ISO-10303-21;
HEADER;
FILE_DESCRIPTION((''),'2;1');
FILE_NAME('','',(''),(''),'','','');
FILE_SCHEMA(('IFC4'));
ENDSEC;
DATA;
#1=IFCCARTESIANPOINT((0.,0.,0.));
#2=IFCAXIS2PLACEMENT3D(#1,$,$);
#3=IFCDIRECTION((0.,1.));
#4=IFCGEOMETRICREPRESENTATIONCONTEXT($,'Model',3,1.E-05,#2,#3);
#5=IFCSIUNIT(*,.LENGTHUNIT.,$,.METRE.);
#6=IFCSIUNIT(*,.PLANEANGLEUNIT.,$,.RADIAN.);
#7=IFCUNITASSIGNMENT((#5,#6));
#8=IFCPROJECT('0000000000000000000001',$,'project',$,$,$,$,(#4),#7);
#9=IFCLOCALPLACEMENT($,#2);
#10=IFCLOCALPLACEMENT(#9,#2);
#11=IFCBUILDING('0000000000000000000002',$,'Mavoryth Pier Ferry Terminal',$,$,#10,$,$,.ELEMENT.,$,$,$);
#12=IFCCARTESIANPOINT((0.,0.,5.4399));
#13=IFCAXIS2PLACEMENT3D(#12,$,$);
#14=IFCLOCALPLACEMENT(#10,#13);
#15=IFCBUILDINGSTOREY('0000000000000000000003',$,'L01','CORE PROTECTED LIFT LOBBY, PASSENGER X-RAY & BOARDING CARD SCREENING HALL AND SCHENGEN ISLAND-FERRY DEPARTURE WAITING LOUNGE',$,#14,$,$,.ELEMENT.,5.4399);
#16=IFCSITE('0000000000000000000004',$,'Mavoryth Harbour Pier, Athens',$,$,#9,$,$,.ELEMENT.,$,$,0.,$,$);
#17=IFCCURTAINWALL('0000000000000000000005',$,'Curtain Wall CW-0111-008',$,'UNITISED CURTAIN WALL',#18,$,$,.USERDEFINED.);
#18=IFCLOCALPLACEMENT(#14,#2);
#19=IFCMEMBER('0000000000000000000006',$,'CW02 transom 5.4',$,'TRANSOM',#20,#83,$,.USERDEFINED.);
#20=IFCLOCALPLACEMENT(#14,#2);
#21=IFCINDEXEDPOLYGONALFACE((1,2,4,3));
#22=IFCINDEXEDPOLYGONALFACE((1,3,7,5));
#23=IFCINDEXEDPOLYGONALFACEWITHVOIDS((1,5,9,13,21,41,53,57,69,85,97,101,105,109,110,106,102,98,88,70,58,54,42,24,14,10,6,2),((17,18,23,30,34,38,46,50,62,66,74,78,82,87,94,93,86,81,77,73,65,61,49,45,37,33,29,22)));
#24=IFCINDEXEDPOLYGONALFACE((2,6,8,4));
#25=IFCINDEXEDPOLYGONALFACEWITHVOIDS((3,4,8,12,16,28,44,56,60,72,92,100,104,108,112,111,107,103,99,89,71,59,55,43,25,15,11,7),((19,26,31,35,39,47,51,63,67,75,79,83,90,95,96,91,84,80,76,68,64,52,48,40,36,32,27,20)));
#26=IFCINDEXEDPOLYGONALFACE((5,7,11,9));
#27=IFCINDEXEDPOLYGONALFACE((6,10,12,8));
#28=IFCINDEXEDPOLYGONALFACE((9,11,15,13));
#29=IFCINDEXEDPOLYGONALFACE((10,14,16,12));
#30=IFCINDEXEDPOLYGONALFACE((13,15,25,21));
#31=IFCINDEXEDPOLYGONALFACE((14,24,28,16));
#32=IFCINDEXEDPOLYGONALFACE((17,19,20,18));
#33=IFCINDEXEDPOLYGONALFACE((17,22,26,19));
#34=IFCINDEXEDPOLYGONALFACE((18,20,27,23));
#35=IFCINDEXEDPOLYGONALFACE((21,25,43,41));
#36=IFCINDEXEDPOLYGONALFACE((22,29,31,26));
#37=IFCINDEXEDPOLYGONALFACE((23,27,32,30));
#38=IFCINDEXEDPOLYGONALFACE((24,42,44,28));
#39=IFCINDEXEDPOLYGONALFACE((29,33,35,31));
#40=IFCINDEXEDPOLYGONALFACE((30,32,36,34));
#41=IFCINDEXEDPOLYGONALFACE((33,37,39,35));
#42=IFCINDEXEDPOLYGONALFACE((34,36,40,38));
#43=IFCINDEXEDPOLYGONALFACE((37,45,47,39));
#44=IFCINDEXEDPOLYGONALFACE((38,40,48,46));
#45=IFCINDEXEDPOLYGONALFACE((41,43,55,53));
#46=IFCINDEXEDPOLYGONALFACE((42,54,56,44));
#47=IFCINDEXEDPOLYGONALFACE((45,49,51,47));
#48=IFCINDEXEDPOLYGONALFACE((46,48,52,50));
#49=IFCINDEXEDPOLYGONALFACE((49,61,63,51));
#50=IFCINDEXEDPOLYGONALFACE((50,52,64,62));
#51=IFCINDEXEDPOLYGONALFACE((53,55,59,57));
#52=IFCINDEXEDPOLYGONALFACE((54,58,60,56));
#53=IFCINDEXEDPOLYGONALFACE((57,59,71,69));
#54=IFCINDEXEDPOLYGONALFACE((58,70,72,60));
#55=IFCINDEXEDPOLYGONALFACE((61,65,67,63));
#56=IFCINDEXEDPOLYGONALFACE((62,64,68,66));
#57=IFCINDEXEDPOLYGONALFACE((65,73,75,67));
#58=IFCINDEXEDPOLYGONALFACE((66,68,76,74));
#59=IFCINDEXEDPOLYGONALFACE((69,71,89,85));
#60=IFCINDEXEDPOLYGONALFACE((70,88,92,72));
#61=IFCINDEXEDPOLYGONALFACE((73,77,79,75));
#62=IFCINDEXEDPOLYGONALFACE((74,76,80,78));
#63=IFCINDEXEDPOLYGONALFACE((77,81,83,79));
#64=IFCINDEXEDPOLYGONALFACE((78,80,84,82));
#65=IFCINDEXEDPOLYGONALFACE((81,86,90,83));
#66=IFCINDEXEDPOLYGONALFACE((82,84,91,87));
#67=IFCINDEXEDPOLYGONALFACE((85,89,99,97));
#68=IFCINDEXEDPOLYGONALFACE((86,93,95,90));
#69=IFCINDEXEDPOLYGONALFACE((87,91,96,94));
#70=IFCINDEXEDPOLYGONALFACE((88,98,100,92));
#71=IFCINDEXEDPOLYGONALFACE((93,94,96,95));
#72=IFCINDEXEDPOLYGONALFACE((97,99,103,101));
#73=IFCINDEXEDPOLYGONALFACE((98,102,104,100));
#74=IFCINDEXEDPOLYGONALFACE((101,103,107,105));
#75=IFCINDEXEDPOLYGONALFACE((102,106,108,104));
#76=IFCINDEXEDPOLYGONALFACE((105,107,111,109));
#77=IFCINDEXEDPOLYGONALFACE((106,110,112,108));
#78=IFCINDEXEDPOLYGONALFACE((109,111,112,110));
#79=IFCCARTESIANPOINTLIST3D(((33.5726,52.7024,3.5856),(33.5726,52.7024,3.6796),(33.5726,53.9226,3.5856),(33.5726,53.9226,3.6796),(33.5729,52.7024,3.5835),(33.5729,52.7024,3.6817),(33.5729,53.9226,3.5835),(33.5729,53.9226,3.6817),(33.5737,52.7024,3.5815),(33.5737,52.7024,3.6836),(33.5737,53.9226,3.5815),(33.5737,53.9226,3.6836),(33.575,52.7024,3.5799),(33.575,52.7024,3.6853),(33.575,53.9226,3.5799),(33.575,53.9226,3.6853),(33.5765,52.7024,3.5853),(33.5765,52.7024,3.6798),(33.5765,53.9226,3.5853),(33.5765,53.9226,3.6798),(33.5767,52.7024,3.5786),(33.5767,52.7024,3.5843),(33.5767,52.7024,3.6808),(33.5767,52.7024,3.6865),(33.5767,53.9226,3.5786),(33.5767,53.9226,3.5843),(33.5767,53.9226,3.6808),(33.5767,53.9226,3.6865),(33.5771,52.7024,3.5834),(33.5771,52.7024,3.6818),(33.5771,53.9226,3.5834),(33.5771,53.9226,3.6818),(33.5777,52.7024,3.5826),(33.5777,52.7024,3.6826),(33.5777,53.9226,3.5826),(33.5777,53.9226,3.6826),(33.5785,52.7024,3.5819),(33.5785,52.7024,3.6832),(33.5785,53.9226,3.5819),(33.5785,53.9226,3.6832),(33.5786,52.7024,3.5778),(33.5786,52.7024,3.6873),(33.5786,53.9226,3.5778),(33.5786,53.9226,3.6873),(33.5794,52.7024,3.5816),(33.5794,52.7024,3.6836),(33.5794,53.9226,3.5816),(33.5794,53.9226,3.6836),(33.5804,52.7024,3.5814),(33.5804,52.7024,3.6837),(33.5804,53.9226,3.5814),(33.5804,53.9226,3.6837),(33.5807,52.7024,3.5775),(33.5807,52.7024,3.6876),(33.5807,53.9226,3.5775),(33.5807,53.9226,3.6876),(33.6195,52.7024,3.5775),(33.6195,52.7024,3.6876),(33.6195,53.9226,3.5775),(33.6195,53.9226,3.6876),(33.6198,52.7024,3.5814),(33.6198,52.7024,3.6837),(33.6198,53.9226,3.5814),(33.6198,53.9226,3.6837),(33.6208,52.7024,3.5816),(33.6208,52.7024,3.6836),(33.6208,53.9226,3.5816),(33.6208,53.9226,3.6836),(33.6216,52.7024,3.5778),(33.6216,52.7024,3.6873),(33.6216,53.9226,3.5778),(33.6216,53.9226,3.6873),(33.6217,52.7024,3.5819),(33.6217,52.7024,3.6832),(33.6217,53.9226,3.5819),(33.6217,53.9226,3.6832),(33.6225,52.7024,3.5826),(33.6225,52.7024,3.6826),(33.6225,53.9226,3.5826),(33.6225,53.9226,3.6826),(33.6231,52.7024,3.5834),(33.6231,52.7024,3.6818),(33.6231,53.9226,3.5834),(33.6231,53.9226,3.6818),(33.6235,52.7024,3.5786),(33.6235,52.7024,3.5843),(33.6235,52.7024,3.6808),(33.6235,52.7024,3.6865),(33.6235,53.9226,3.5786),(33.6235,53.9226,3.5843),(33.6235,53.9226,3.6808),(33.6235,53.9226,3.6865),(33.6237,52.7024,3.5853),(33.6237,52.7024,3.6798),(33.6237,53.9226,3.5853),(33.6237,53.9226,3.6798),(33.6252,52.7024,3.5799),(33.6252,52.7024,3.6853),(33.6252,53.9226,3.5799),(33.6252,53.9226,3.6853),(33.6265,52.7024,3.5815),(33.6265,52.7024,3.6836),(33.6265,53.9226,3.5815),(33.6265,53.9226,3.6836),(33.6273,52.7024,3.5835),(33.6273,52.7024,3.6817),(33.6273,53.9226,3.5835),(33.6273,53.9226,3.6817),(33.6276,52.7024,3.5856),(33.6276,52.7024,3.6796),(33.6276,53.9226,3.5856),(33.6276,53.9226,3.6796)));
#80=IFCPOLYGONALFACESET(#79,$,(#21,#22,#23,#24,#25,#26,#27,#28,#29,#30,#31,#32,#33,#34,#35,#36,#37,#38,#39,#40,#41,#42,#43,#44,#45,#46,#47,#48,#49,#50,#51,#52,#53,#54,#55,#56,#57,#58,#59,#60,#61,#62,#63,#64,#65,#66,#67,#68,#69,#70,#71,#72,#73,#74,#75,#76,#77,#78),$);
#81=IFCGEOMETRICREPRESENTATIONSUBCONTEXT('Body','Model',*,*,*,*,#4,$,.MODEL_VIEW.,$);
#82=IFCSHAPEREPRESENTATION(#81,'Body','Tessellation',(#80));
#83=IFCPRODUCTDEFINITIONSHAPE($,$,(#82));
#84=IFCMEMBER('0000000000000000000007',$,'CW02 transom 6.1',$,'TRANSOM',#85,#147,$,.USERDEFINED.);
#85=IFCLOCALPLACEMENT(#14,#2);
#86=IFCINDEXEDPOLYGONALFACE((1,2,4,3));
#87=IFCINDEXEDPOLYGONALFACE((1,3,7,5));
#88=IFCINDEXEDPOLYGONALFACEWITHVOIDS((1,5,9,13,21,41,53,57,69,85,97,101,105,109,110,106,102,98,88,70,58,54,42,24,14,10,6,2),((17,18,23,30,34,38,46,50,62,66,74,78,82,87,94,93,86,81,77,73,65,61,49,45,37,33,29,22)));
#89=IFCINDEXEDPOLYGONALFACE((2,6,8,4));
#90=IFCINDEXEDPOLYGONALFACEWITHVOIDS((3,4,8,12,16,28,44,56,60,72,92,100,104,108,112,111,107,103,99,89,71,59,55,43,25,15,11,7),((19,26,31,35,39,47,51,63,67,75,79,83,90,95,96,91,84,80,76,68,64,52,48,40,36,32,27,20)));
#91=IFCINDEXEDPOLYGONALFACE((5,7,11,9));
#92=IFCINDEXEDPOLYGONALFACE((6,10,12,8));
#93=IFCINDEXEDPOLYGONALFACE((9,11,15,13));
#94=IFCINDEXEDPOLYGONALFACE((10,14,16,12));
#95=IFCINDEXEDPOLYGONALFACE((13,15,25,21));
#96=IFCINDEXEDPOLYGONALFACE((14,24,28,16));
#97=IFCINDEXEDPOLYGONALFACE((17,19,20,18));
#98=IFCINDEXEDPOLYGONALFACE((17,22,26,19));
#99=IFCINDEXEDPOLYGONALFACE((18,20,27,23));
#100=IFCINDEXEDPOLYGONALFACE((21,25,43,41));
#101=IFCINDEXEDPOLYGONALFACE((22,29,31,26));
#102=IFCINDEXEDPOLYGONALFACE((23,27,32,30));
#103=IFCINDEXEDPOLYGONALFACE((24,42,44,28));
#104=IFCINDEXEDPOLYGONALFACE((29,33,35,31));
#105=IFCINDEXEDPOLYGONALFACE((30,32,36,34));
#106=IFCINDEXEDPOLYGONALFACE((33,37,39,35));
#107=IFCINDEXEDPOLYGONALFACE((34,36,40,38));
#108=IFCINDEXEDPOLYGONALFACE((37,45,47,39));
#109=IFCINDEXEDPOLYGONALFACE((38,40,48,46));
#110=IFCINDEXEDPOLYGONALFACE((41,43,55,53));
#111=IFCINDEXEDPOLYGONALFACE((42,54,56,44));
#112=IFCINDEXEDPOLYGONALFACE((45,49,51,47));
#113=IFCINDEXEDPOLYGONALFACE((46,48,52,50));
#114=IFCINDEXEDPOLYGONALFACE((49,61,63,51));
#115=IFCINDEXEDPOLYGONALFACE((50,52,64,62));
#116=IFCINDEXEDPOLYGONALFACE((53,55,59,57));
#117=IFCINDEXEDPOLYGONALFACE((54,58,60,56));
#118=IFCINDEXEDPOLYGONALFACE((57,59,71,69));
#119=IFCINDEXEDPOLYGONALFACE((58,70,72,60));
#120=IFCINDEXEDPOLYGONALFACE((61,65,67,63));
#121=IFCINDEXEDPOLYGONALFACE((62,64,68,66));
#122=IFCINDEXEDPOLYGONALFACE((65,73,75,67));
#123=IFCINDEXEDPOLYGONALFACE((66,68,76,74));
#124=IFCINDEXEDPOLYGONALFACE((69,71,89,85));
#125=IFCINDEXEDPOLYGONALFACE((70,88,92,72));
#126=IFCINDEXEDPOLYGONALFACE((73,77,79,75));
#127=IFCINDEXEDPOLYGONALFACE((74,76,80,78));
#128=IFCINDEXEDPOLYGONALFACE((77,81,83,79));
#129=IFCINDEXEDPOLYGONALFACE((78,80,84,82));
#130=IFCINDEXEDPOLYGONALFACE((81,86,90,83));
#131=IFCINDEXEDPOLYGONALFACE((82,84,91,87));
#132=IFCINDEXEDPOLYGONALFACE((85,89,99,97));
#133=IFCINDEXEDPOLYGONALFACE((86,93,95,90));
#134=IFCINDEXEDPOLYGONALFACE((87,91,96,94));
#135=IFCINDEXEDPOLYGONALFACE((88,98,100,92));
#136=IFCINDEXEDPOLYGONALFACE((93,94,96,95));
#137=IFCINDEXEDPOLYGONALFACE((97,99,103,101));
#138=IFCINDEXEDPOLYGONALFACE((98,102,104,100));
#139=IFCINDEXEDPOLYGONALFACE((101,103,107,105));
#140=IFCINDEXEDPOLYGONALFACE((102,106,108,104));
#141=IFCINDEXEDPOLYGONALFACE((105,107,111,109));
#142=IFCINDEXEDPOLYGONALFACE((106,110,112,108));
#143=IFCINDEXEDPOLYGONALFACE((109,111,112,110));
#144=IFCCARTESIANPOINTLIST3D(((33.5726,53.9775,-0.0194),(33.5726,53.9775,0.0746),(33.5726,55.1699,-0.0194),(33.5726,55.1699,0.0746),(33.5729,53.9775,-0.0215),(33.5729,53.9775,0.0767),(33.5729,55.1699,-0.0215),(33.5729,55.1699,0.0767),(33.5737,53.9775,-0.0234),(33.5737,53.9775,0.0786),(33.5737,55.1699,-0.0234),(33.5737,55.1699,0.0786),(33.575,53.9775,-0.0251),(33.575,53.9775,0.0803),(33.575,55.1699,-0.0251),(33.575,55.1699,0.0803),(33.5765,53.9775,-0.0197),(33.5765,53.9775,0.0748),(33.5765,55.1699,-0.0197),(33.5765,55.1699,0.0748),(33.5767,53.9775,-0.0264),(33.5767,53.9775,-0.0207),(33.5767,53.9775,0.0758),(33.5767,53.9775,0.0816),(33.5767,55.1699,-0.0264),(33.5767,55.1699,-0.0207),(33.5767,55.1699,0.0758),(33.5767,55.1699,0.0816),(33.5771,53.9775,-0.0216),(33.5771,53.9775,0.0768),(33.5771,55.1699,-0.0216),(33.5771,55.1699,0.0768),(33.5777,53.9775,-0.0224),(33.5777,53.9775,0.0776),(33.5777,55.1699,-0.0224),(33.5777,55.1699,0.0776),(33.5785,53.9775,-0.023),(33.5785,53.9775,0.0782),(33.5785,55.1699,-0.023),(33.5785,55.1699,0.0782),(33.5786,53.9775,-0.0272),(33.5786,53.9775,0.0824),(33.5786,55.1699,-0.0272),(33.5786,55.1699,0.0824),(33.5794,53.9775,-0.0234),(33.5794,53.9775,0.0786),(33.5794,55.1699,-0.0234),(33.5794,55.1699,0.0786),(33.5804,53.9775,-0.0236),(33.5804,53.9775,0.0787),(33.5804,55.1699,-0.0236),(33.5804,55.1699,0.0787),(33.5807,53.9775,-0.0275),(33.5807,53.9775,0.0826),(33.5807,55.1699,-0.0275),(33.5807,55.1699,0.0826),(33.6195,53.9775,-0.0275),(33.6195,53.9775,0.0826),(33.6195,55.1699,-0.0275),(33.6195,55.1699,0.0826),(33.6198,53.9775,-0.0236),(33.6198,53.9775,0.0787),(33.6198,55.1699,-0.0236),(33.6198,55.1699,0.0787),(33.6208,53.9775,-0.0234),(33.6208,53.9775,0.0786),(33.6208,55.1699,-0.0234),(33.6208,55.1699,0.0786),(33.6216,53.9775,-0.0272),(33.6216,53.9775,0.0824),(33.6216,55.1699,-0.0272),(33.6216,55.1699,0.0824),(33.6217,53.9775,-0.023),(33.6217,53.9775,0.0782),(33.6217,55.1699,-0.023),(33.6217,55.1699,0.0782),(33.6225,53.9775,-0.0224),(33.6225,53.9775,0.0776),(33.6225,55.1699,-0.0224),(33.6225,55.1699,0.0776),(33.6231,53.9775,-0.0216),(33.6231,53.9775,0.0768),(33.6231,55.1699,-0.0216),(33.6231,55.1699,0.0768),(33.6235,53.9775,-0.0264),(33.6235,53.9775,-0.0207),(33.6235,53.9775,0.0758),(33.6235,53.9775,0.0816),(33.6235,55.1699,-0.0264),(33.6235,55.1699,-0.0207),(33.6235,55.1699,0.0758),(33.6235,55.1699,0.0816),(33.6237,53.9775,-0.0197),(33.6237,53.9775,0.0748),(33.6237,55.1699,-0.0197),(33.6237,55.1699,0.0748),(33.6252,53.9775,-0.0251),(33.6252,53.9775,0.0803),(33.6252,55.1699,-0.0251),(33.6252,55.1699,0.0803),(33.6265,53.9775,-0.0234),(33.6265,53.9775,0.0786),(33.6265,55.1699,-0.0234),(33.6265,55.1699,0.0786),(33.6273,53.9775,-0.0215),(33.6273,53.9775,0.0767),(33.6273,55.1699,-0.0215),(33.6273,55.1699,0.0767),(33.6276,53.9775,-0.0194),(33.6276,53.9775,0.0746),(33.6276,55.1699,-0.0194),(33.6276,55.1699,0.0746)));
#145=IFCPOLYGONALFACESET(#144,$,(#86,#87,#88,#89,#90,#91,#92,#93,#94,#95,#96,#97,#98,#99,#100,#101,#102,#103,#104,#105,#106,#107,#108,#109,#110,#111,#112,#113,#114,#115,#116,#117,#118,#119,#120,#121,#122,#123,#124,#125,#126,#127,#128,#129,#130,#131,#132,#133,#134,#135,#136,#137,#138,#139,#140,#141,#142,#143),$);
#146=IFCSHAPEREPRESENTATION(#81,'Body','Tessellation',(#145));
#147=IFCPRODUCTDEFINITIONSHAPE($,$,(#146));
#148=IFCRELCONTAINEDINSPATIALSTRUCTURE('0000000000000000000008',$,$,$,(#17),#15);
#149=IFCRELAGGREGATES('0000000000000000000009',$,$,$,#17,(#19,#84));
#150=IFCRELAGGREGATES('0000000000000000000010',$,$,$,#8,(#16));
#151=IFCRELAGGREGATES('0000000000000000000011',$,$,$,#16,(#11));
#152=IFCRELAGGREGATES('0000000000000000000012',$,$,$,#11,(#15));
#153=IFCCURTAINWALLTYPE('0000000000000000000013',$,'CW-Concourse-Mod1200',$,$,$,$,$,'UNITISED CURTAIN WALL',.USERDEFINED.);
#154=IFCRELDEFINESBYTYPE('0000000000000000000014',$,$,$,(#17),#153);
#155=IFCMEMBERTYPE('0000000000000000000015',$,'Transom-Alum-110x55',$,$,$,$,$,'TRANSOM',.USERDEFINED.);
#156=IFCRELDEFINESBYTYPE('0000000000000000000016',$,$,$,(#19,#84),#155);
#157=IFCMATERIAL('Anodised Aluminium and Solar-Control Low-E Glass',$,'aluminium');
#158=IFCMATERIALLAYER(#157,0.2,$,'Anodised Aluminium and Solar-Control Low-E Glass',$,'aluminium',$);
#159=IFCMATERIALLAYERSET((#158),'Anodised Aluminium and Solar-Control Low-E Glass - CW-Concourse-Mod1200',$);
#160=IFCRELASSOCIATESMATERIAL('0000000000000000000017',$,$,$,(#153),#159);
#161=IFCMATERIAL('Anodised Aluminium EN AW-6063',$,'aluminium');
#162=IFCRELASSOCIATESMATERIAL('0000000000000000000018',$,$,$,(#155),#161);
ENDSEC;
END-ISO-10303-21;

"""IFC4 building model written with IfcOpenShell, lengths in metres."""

from ifc_helpers import new_model, si_unit, direction, frame, origin, origin_2d, place, context, subcontext, project, spatial, hollow_rectangle, extrude, material, layer, layer_set, material_profile, profile_set, type_object, element, aggregate, save


model = new_model("IFC4")

# Units and contexts
model_context = context("Model", 3, precision=1e-05, world=origin(), true_north=direction((0.0, 1.0)))
body_context = subcontext(model_context, "Body", "Model", "MODEL_VIEW")
ifc_project = project(units=[si_unit("LENGTHUNIT", "METRE"), si_unit("PLANEANGLEUNIT", "RADIAN")], contexts=[model_context])

# Site, building, storey
site_placement = place(None, origin())
site = spatial("IfcSite", under=ifc_project, at=site_placement, Name="Mavoryth Harbour Pier, Athens", CompositionType="ELEMENT", RefElevation=0.0)
building_placement = place(site_placement, origin())
building = spatial("IfcBuilding", under=site, at=building_placement, Name="Mavoryth Pier Ferry Terminal", CompositionType="ELEMENT")
storey_placement = place(building_placement, frame((0.0, 0.0, 5.4399)))
storey = spatial("IfcBuildingStorey", under=building, at=storey_placement, Name="L01", Description="CORE PROTECTED LIFT LOBBY, PASSENGER X-RAY & BOARDING CARD SCREENING HALL AND SCHENGEN ISLAND-FERRY DEPARTURE WAITING LOUNGE", CompositionType="ELEMENT", Elevation=5.4399)

# Curtain wall
ifc_material_1 = material(Name="Anodised Aluminium and Solar-Control Low-E Glass", Category="aluminium")
ifc_layer_1 = layer(ifc_material_1, 0.2, Name="Anodised Aluminium and Solar-Control Low-E Glass", Category="aluminium")
ifc_layer_set_1 = layer_set([ifc_layer_1], Name="Anodised Aluminium and Solar-Control Low-E Glass - CW-Concourse-Mod1200")
curtain_wall_type = type_object("IfcCurtainWallType", Name="CW-Concourse-Mod1200", ElementType="UNITISED CURTAIN WALL", PredefinedType="USERDEFINED", material=ifc_layer_set_1)
curtain_wall_1_placement = place(storey_placement, origin())
curtain_wall_1 = element("IfcCurtainWall", 1, at=curtain_wall_1_placement, inside=storey, type_object=curtain_wall_type, Name="Curtain Wall CW-0111-008", ObjectType="UNITISED CURTAIN WALL", PredefinedType="USERDEFINED")
ifc_material_2 = material(Name="Anodised Aluminium EN AW-6063", Category="aluminium")

# Members
ifc_material_profile_1 = material_profile(ifc_material_2, hollow_rectangle(XDim=0.0549, YDim=0.1101, WallThickness=0.0039, InnerFilletRadius=0.0039, OuterFilletRadius=0.0081, at=origin_2d()), Name="AL-TRAN 110x55x4", Category="aluminium")
ifc_profile_set_1 = profile_set([ifc_material_profile_1], Name="Anodised Aluminium EN AW-6063 - AL-TRAN 110x55x4")
member_type_1 = type_object("IfcMemberType", Name="Transom-Alum-110x55", ElementType="TRANSOM", PredefinedType="USERDEFINED", material=ifc_profile_set_1)
member_1_placement = place(storey_placement, frame((33.6001, 52.7024, 3.6326), z_axis=(0.0, 1.0, 0.0), x_axis=(-1.0, 0.0, 0.0)))
member_1 = element("IfcMember", 2, at=member_1_placement, type_object=member_type_1, Name="CW02 transom 5.4", ObjectType="TRANSOM", PredefinedType="USERDEFINED", context=body_context, shape_type="SweptSolid", body=[
    extrude(hollow_rectangle(XDim=0.0549, YDim=0.1101, WallThickness=0.0039, InnerFilletRadius=0.0039, OuterFilletRadius=0.0081, at=origin_2d()), origin(), (0.0, 0.0, 1.0), 1.2202),
])
member_2_placement = place(storey_placement, frame((33.6001, 53.9775, 0.0276), z_axis=(0.0, 1.0, 0.0), x_axis=(-1.0, 0.0, 0.0)))
member_2 = element("IfcMember", 3, at=member_2_placement, type_object=member_type_1, Name="CW02 transom 6.1", ObjectType="TRANSOM", PredefinedType="USERDEFINED", context=body_context, shape_type="SweptSolid", body=[
    extrude(hollow_rectangle(XDim=0.0549, YDim=0.1101, WallThickness=0.0039, InnerFilletRadius=0.0039, OuterFilletRadius=0.0081, at=origin_2d()), origin(), (0.0, 0.0, 1.0), 1.1924),
])

aggregate(curtain_wall_1, [member_1, member_2])

save(model, "model.ifc")
